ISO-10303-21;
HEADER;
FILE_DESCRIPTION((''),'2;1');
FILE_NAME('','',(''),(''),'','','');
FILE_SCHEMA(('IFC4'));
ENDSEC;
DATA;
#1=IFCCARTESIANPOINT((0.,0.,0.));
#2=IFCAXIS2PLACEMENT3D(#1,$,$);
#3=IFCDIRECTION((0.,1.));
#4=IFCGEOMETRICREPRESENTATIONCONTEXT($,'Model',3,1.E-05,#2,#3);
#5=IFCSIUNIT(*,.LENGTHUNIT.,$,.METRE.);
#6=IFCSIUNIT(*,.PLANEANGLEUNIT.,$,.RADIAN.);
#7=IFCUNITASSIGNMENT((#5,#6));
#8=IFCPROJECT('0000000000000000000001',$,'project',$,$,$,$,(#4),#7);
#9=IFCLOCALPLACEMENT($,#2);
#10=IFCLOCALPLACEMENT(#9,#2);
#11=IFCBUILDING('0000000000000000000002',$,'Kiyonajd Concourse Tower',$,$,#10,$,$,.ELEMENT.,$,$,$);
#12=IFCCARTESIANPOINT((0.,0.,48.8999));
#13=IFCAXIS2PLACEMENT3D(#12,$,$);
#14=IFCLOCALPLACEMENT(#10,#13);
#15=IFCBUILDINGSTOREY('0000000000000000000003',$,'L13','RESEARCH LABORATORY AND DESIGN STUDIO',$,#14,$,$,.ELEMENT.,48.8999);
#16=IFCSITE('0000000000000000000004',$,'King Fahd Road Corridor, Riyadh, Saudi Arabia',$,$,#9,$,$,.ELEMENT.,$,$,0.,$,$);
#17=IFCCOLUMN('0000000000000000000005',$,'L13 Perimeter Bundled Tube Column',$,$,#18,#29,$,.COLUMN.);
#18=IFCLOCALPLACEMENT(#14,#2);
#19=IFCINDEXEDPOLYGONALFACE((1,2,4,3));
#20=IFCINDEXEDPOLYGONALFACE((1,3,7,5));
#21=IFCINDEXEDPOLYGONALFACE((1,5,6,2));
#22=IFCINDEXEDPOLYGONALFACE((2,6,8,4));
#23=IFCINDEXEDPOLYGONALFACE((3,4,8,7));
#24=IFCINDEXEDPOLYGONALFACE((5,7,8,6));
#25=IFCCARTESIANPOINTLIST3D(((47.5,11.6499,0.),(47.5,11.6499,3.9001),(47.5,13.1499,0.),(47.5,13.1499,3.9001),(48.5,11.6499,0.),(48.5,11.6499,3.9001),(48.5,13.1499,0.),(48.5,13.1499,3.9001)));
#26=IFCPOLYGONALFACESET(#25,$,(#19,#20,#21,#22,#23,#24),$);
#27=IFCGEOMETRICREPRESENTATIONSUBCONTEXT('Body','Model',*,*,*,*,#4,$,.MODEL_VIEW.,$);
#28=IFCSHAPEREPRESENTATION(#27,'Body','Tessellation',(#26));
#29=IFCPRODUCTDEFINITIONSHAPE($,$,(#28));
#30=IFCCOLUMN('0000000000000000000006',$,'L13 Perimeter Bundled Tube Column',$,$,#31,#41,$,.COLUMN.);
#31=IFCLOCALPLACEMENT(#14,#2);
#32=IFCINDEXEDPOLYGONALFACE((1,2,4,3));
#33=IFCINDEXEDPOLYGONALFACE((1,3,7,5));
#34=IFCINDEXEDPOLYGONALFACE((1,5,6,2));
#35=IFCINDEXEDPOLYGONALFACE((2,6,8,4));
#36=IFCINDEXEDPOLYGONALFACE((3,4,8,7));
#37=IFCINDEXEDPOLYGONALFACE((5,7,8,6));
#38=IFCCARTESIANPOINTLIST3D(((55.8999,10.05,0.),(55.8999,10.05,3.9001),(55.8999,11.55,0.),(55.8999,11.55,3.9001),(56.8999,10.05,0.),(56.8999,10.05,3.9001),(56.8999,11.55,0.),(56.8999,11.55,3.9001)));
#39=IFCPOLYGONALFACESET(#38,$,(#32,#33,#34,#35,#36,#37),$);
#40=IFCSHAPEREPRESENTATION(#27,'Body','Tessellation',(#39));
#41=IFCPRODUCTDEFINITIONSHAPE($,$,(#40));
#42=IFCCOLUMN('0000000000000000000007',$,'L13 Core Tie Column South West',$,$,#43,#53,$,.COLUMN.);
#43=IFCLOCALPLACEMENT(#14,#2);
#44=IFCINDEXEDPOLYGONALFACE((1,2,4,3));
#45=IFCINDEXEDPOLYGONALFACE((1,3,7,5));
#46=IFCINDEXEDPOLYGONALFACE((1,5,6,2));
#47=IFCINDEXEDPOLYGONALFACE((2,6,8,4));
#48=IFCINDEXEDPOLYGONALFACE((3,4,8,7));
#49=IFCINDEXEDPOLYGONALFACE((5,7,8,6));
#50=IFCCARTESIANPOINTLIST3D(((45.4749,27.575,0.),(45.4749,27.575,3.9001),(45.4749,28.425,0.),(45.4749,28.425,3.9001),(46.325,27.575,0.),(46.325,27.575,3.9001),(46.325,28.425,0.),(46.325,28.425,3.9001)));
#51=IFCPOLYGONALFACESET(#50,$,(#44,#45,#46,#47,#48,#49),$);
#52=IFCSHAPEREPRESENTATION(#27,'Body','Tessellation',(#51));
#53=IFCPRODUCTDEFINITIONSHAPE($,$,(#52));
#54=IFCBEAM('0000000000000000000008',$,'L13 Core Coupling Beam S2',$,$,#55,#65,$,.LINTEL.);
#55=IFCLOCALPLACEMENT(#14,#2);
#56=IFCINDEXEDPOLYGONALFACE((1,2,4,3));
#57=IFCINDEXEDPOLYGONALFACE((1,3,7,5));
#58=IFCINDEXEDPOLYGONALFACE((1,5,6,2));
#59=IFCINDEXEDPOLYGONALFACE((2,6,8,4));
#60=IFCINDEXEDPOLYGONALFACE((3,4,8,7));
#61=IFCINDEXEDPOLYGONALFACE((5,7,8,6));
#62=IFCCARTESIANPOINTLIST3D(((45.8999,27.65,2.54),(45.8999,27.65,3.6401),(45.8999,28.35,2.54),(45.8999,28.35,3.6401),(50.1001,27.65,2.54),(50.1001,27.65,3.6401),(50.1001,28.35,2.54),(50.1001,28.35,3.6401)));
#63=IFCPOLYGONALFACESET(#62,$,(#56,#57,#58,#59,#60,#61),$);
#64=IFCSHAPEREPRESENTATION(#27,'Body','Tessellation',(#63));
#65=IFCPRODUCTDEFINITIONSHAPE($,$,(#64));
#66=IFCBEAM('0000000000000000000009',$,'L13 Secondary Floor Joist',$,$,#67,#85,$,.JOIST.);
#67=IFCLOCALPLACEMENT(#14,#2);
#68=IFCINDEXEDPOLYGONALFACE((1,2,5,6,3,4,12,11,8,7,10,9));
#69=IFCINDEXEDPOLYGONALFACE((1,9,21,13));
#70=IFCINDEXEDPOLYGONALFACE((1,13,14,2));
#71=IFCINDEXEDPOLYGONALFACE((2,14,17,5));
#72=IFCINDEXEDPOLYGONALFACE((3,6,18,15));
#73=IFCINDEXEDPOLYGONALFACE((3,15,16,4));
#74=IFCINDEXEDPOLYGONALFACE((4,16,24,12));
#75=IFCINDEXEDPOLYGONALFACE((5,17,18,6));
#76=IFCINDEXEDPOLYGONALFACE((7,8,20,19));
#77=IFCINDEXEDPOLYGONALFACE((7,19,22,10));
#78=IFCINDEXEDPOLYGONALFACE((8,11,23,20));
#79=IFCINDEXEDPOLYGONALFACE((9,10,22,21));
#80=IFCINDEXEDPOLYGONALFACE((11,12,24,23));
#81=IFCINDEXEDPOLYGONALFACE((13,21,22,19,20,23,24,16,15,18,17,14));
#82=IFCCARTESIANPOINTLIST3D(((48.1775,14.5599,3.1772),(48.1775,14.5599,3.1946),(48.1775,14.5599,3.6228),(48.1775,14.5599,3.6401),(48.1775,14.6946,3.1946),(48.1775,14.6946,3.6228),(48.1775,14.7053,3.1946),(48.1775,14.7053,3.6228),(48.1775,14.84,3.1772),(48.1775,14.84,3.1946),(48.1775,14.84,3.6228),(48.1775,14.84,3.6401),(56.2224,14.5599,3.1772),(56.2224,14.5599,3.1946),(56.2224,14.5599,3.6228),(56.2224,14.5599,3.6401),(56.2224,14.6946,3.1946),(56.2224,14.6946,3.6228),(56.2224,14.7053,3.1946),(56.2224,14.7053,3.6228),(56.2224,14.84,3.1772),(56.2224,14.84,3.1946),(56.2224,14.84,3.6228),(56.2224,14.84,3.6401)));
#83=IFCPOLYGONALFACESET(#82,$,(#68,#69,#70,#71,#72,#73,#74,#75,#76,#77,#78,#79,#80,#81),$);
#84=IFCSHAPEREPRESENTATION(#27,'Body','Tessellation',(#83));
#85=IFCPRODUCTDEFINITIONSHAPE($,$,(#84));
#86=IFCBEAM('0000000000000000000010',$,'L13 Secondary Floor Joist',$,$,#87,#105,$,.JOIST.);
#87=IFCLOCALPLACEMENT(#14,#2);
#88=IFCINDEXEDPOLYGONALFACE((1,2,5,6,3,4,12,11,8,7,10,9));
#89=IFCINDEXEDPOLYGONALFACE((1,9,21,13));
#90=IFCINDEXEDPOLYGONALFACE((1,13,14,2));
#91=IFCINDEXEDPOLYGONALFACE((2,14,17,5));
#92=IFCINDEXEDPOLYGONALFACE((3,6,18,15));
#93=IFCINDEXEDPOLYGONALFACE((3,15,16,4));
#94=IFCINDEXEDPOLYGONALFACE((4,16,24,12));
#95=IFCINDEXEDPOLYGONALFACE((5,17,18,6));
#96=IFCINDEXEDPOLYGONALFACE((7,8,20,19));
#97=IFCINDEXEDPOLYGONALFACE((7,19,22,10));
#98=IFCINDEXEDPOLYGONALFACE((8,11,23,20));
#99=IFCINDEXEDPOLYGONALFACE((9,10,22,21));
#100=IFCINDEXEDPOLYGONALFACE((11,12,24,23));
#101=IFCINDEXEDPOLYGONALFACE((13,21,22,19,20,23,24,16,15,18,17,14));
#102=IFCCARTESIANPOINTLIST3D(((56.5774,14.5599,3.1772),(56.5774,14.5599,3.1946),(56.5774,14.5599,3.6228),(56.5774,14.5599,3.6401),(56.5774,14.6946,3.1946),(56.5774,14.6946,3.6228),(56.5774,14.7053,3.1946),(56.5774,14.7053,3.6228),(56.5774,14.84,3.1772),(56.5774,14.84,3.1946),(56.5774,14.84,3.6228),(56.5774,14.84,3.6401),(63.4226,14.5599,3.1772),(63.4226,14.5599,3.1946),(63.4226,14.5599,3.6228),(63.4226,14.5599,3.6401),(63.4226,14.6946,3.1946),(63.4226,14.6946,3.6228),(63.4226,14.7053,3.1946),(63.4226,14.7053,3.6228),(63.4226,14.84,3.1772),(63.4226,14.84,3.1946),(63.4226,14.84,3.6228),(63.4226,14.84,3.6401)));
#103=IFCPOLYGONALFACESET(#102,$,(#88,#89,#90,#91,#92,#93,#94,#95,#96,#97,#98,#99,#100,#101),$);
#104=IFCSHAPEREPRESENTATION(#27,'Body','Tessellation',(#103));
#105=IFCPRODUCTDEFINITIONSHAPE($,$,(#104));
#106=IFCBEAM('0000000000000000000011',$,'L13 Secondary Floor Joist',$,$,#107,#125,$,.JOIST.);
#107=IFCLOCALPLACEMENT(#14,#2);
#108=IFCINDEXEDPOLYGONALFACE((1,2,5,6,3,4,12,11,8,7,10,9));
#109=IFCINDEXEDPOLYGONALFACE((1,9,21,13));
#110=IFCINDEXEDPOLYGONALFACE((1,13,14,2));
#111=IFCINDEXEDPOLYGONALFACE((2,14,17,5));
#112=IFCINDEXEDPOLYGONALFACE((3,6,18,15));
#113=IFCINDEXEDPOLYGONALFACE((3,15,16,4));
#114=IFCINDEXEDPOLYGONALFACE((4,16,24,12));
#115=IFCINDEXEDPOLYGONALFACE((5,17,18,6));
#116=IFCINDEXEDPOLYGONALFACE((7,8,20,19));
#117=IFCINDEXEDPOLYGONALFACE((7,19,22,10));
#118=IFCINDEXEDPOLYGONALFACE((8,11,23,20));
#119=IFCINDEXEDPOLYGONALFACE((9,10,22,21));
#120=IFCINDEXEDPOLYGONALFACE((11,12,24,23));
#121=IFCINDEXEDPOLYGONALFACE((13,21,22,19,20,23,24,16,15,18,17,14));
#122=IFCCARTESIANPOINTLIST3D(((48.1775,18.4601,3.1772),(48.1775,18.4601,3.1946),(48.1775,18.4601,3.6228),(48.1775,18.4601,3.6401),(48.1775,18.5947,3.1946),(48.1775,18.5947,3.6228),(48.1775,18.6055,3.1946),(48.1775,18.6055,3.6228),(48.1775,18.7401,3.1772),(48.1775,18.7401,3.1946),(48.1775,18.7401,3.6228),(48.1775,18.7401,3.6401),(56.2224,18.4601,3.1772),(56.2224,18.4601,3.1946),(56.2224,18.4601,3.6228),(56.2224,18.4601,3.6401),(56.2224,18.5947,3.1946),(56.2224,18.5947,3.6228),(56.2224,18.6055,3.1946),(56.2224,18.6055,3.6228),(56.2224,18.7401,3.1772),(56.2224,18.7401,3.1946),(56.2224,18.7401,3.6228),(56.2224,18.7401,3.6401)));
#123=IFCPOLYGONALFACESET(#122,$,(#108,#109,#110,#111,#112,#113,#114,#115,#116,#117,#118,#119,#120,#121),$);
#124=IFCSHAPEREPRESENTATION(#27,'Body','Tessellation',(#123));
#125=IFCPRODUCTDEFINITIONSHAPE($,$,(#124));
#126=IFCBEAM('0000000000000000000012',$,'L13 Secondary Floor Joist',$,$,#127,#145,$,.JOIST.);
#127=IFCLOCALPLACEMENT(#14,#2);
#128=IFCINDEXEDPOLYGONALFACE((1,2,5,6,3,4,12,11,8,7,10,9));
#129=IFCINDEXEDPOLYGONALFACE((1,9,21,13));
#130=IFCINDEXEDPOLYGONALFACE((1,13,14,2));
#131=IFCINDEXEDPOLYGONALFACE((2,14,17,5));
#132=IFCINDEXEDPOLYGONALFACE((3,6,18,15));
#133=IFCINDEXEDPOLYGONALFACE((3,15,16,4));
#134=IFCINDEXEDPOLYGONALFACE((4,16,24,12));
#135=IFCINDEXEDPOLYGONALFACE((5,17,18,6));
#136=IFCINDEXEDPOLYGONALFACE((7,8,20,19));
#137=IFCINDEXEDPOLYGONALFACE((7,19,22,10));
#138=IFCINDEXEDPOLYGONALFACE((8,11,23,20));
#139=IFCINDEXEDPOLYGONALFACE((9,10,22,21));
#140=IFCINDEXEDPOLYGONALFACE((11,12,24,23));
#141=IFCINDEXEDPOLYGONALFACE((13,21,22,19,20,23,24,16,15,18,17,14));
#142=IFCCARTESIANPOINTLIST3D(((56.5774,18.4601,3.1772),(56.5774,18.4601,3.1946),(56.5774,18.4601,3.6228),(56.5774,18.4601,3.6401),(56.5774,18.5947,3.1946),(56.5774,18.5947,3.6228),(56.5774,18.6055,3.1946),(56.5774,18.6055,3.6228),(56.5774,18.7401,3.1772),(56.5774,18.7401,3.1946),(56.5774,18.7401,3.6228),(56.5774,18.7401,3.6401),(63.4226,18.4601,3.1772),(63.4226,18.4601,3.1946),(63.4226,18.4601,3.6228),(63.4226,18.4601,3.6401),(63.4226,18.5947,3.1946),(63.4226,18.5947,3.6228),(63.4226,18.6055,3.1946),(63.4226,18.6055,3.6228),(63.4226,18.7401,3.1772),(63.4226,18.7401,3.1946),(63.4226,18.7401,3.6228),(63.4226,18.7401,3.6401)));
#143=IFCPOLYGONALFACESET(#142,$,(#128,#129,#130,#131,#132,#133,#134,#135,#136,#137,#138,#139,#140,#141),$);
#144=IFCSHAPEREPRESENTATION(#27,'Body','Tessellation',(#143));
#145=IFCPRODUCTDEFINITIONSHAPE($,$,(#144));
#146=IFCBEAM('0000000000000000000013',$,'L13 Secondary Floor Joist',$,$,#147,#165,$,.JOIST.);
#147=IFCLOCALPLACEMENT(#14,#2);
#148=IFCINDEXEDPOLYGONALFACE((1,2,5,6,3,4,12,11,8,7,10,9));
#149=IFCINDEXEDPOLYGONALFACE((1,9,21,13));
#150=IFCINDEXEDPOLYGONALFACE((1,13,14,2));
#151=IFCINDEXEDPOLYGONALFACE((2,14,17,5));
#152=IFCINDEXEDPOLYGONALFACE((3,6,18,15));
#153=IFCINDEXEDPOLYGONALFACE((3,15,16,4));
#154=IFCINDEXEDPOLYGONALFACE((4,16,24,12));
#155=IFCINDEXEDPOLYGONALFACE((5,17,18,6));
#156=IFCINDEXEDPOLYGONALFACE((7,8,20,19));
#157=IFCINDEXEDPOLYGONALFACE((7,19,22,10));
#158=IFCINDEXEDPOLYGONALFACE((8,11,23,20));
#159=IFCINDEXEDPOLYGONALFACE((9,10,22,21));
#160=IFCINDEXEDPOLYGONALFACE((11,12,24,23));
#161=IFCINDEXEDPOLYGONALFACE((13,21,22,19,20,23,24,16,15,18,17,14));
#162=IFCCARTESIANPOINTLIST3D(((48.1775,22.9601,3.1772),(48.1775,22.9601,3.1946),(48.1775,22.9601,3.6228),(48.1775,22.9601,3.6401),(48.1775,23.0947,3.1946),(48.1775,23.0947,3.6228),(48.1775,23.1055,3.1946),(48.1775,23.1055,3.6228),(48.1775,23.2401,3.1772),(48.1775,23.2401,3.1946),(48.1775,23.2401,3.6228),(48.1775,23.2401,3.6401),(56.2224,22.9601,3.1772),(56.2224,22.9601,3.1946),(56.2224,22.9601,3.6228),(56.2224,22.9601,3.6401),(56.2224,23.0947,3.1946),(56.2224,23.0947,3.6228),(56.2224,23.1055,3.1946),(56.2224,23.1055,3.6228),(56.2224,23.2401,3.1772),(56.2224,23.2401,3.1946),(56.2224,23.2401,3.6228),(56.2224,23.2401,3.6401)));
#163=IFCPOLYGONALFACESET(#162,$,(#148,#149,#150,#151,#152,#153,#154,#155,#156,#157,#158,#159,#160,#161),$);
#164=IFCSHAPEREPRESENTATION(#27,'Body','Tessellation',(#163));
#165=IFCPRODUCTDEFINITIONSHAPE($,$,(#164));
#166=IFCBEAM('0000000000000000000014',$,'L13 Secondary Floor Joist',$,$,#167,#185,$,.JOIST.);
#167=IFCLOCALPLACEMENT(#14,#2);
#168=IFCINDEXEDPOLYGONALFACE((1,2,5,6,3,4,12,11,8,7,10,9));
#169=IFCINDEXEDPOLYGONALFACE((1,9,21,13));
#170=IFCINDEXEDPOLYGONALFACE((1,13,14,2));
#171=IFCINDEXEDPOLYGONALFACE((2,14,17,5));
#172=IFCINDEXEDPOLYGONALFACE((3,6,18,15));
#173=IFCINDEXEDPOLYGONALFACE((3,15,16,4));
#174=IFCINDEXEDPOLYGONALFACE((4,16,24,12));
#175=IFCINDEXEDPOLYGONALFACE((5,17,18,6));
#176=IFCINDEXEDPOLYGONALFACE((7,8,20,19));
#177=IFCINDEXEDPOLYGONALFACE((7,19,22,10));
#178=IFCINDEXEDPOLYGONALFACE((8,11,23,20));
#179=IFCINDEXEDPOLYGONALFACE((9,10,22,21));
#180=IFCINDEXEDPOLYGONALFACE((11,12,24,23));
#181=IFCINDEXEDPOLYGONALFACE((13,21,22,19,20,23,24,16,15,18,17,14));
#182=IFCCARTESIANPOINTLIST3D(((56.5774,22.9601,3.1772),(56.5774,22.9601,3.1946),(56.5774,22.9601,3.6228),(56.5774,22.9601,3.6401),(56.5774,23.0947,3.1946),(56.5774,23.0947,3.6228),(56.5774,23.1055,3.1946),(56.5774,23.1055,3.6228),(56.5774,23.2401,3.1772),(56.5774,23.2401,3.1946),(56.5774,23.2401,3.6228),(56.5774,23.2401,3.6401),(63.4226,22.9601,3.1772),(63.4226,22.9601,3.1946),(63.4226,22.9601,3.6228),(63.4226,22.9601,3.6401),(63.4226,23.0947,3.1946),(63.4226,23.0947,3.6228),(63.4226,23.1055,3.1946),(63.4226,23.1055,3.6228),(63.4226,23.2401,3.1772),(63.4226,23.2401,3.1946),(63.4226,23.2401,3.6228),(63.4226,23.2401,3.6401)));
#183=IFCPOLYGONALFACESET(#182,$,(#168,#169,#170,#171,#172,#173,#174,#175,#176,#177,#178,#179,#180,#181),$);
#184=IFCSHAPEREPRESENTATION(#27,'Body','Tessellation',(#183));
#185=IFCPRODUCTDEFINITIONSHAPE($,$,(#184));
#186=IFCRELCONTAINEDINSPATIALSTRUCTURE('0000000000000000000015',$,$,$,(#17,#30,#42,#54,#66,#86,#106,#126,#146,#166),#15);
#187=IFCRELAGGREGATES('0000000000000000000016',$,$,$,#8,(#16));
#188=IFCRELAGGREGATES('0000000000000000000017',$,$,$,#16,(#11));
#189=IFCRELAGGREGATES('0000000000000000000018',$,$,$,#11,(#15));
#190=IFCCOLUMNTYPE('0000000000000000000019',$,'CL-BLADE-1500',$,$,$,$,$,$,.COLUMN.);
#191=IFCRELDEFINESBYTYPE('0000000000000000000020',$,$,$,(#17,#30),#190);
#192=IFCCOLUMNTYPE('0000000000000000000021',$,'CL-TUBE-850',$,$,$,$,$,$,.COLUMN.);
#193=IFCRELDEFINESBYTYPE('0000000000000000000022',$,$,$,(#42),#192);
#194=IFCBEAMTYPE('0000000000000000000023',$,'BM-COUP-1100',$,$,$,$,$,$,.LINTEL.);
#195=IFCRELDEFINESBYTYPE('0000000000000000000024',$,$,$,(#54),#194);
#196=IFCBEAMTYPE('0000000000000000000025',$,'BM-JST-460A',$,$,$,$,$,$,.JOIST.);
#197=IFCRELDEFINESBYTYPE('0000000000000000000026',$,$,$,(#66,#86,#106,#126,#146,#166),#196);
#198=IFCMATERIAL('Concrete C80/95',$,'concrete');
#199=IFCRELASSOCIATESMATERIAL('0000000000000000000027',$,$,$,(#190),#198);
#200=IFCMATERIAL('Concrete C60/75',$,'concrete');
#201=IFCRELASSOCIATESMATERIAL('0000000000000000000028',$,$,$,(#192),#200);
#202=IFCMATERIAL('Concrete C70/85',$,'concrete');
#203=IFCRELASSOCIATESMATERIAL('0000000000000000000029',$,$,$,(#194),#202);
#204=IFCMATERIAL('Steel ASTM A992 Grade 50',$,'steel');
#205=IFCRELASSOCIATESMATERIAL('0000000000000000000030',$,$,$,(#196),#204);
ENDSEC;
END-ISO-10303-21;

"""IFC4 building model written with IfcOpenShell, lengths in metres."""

from ifc_helpers import new_model, si_unit, direction, frame, origin, origin_2d, place, context, subcontext, project, spatial, rectangle, i_section, extrude, material, material_profile, profile_set, type_object, element, save


model = new_model("IFC4")

# Units and contexts
model_context = context("Model", 3, precision=1e-05, world=origin(), true_north=direction((0.0, 1.0)))
body_context = subcontext(model_context, "Body", "Model", "MODEL_VIEW")
ifc_project = project(units=[si_unit("LENGTHUNIT", "METRE"), si_unit("PLANEANGLEUNIT", "RADIAN")], contexts=[model_context])

# Site, building, storey
site_placement = place(None, origin())
site = spatial("IfcSite", under=ifc_project, at=site_placement, Name="King Fahd Road Corridor, Riyadh, Saudi Arabia", CompositionType="ELEMENT", RefElevation=0.0)
building_placement = place(site_placement, origin())
building = spatial("IfcBuilding", under=site, at=building_placement, Name="Kiyonajd Concourse Tower", CompositionType="ELEMENT")
storey_placement = place(building_placement, frame((0.0, 0.0, 48.8999)))
storey = spatial("IfcBuildingStorey", under=building, at=storey_placement, Name="L13", Description="RESEARCH LABORATORY AND DESIGN STUDIO", CompositionType="ELEMENT", Elevation=48.8999)

# Columns
ifc_material_1 = material(Name="Concrete C80/95", Category="concrete")
ifc_material_profile_1 = material_profile(ifc_material_1, rectangle(XDim=1.0, YDim=1.5, at=origin_2d()), Name="RC-1500x1000")
ifc_profile_set_1 = profile_set([ifc_material_profile_1], Name="Concrete C80/95")
column_type_1 = type_object("IfcColumnType", Name="CL-BLADE-1500", PredefinedType="COLUMN", material=ifc_profile_set_1)
for number, where, z_axis, x_axis, name in (
    (1, (48.0, 12.3999, 0.0), (0.0, 0.0, 1.0), (1.0, 0.0, 0.0), "L13 Perimeter Bundled Tube Column"),
    (2, (56.3999, 10.8, 0.0), (0.0, 0.0, 1.0), (1.0, 0.0, 0.0), "L13 Perimeter Bundled Tube Column"),
):
    element("IfcColumn", number, at=place(storey_placement, frame(where, z_axis=z_axis, x_axis=x_axis)), inside=storey, type_object=column_type_1, Name=name, PredefinedType="COLUMN", context=body_context, shape_type="SweptSolid", body=[
        extrude(rectangle(XDim=1.0, YDim=1.5, at=origin_2d()), origin(), (0.0, 0.0, 1.0), 3.9001),
    ])
ifc_material_2 = material(Name="Concrete C60/75", Category="concrete")
ifc_material_profile_2 = material_profile(ifc_material_2, rectangle(XDim=0.8501, YDim=0.8501, at=origin_2d()), Name="RC-850x850")
ifc_profile_set_2 = profile_set([ifc_material_profile_2], Name="Concrete C60/75")
column_type_2 = type_object("IfcColumnType", Name="CL-TUBE-850", PredefinedType="COLUMN", material=ifc_profile_set_2)
column_placement = place(storey_placement, frame((45.8999, 28.0, 0.0), z_axis=(0.0, 0.0, 1.0), x_axis=(1.0, 0.0, 0.0)))
element("IfcColumn", 3, at=column_placement, inside=storey, type_object=column_type_2, Name="L13 Core Tie Column South West", PredefinedType="COLUMN", context=body_context, shape_type="SweptSolid", body=[
    extrude(rectangle(XDim=0.8501, YDim=0.8501, at=origin_2d()), origin(), (0.0, 0.0, 1.0), 3.9001),
])

# Beams
ifc_material_3 = material(Name="Concrete C70/85", Category="concrete")
ifc_material_profile_3 = material_profile(ifc_material_3, rectangle(XDim=0.7, YDim=1.1001, at=origin_2d()), Name="RCBM-700x1100")
ifc_profile_set_3 = profile_set([ifc_material_profile_3], Name="Concrete C70/85")
beam_type_1 = type_object("IfcBeamType", Name="BM-COUP-1100", PredefinedType="LINTEL", material=ifc_profile_set_3)
beam_1_placement = place(storey_placement, frame((45.8999, 28.0, 3.0901), z_axis=(1.0, 0.0, 0.0), x_axis=(0.0, 1.0, 0.0)))
element("IfcBeam", 4, at=beam_1_placement, inside=storey, type_object=beam_type_1, Name="L13 Core Coupling Beam S2", PredefinedType="LINTEL", context=body_context, shape_type="SweptSolid", body=[
    extrude(rectangle(XDim=0.7, YDim=1.1001, at=origin_2d()), origin(), (0.0, 0.0, 1.0), 4.2002),
])
ifc_material_4 = material(Name="Steel ASTM A992 Grade 50", Category="steel")
ifc_material_profile_4 = material_profile(ifc_material_4, i_section(OverallWidth=0.28, OverallDepth=0.4629, WebThickness=0.0107, FlangeThickness=0.0173, at=origin_2d()), Name="W460X113")
ifc_profile_set_4 = profile_set([ifc_material_profile_4], Name="Steel ASTM A992 Grade 50")
beam_type_2 = type_object("IfcBeamType", Name="BM-JST-460A", PredefinedType="JOIST", material=ifc_profile_set_4)
beam_2_placement = place(storey_placement, frame((48.1775, 14.7, 3.4087), z_axis=(1.0, 0.0, 0.0), x_axis=(0.0, 1.0, 0.0)))
element("IfcBeam", 5, at=beam_2_placement, inside=storey, type_object=beam_type_2, Name="L13 Secondary Floor Joist", PredefinedType="JOIST", context=body_context, shape_type="SweptSolid", body=[
    extrude(i_section(OverallWidth=0.28, OverallDepth=0.4629, WebThickness=0.0107, FlangeThickness=0.0173, at=origin_2d()), origin(), (0.0, 0.0, 1.0), 8.0449),
])
beam_3_placement = place(storey_placement, frame((56.5774, 14.7, 3.4087), z_axis=(1.0, 0.0, 0.0), x_axis=(0.0, 1.0, 0.0)))
element("IfcBeam", 6, at=beam_3_placement, inside=storey, type_object=beam_type_2, Name="L13 Secondary Floor Joist", PredefinedType="JOIST", context=body_context, shape_type="SweptSolid", body=[
    extrude(i_section(OverallWidth=0.28, OverallDepth=0.4629, WebThickness=0.0107, FlangeThickness=0.0173, at=origin_2d()), origin(), (0.0, 0.0, 1.0), 6.8452),
])
beam_4_placement = place(storey_placement, frame((48.1775, 18.6001, 3.4087), z_axis=(1.0, 0.0, 0.0), x_axis=(0.0, 1.0, 0.0)))
element("IfcBeam", 7, at=beam_4_placement, inside=storey, type_object=beam_type_2, Name="L13 Secondary Floor Joist", PredefinedType="JOIST", context=body_context, shape_type="SweptSolid", body=[
    extrude(i_section(OverallWidth=0.28, OverallDepth=0.4629, WebThickness=0.0107, FlangeThickness=0.0173, at=origin_2d()), origin(), (0.0, 0.0, 1.0), 8.0449),
])
beam_5_placement = place(storey_placement, frame((56.5774, 18.6001, 3.4087), z_axis=(1.0, 0.0, 0.0), x_axis=(0.0, 1.0, 0.0)))
element("IfcBeam", 8, at=beam_5_placement, inside=storey, type_object=beam_type_2, Name="L13 Secondary Floor Joist", PredefinedType="JOIST", context=body_context, shape_type="SweptSolid", body=[
    extrude(i_section(OverallWidth=0.28, OverallDepth=0.4629, WebThickness=0.0107, FlangeThickness=0.0173, at=origin_2d()), origin(), (0.0, 0.0, 1.0), 6.8452),
])
beam_6_placement = place(storey_placement, frame((48.1775, 23.1001, 3.4087), z_axis=(1.0, 0.0, 0.0), x_axis=(0.0, 1.0, 0.0)))
element("IfcBeam", 9, at=beam_6_placement, inside=storey, type_object=beam_type_2, Name="L13 Secondary Floor Joist", PredefinedType="JOIST", context=body_context, shape_type="SweptSolid", body=[
    extrude(i_section(OverallWidth=0.28, OverallDepth=0.4629, WebThickness=0.0107, FlangeThickness=0.0173, at=origin_2d()), origin(), (0.0, 0.0, 1.0), 8.0449),
])
beam_7_placement = place(storey_placement, frame((56.5774, 23.1001, 3.4087), z_axis=(1.0, 0.0, 0.0), x_axis=(0.0, 1.0, 0.0)))
element("IfcBeam", 10, at=beam_7_placement, inside=storey, type_object=beam_type_2, Name="L13 Secondary Floor Joist", PredefinedType="JOIST", context=body_context, shape_type="SweptSolid", body=[
    extrude(i_section(OverallWidth=0.28, OverallDepth=0.4629, WebThickness=0.0107, FlangeThickness=0.0173, at=origin_2d()), origin(), (0.0, 0.0, 1.0), 6.8452),
])

save(model, "model.ifc")
